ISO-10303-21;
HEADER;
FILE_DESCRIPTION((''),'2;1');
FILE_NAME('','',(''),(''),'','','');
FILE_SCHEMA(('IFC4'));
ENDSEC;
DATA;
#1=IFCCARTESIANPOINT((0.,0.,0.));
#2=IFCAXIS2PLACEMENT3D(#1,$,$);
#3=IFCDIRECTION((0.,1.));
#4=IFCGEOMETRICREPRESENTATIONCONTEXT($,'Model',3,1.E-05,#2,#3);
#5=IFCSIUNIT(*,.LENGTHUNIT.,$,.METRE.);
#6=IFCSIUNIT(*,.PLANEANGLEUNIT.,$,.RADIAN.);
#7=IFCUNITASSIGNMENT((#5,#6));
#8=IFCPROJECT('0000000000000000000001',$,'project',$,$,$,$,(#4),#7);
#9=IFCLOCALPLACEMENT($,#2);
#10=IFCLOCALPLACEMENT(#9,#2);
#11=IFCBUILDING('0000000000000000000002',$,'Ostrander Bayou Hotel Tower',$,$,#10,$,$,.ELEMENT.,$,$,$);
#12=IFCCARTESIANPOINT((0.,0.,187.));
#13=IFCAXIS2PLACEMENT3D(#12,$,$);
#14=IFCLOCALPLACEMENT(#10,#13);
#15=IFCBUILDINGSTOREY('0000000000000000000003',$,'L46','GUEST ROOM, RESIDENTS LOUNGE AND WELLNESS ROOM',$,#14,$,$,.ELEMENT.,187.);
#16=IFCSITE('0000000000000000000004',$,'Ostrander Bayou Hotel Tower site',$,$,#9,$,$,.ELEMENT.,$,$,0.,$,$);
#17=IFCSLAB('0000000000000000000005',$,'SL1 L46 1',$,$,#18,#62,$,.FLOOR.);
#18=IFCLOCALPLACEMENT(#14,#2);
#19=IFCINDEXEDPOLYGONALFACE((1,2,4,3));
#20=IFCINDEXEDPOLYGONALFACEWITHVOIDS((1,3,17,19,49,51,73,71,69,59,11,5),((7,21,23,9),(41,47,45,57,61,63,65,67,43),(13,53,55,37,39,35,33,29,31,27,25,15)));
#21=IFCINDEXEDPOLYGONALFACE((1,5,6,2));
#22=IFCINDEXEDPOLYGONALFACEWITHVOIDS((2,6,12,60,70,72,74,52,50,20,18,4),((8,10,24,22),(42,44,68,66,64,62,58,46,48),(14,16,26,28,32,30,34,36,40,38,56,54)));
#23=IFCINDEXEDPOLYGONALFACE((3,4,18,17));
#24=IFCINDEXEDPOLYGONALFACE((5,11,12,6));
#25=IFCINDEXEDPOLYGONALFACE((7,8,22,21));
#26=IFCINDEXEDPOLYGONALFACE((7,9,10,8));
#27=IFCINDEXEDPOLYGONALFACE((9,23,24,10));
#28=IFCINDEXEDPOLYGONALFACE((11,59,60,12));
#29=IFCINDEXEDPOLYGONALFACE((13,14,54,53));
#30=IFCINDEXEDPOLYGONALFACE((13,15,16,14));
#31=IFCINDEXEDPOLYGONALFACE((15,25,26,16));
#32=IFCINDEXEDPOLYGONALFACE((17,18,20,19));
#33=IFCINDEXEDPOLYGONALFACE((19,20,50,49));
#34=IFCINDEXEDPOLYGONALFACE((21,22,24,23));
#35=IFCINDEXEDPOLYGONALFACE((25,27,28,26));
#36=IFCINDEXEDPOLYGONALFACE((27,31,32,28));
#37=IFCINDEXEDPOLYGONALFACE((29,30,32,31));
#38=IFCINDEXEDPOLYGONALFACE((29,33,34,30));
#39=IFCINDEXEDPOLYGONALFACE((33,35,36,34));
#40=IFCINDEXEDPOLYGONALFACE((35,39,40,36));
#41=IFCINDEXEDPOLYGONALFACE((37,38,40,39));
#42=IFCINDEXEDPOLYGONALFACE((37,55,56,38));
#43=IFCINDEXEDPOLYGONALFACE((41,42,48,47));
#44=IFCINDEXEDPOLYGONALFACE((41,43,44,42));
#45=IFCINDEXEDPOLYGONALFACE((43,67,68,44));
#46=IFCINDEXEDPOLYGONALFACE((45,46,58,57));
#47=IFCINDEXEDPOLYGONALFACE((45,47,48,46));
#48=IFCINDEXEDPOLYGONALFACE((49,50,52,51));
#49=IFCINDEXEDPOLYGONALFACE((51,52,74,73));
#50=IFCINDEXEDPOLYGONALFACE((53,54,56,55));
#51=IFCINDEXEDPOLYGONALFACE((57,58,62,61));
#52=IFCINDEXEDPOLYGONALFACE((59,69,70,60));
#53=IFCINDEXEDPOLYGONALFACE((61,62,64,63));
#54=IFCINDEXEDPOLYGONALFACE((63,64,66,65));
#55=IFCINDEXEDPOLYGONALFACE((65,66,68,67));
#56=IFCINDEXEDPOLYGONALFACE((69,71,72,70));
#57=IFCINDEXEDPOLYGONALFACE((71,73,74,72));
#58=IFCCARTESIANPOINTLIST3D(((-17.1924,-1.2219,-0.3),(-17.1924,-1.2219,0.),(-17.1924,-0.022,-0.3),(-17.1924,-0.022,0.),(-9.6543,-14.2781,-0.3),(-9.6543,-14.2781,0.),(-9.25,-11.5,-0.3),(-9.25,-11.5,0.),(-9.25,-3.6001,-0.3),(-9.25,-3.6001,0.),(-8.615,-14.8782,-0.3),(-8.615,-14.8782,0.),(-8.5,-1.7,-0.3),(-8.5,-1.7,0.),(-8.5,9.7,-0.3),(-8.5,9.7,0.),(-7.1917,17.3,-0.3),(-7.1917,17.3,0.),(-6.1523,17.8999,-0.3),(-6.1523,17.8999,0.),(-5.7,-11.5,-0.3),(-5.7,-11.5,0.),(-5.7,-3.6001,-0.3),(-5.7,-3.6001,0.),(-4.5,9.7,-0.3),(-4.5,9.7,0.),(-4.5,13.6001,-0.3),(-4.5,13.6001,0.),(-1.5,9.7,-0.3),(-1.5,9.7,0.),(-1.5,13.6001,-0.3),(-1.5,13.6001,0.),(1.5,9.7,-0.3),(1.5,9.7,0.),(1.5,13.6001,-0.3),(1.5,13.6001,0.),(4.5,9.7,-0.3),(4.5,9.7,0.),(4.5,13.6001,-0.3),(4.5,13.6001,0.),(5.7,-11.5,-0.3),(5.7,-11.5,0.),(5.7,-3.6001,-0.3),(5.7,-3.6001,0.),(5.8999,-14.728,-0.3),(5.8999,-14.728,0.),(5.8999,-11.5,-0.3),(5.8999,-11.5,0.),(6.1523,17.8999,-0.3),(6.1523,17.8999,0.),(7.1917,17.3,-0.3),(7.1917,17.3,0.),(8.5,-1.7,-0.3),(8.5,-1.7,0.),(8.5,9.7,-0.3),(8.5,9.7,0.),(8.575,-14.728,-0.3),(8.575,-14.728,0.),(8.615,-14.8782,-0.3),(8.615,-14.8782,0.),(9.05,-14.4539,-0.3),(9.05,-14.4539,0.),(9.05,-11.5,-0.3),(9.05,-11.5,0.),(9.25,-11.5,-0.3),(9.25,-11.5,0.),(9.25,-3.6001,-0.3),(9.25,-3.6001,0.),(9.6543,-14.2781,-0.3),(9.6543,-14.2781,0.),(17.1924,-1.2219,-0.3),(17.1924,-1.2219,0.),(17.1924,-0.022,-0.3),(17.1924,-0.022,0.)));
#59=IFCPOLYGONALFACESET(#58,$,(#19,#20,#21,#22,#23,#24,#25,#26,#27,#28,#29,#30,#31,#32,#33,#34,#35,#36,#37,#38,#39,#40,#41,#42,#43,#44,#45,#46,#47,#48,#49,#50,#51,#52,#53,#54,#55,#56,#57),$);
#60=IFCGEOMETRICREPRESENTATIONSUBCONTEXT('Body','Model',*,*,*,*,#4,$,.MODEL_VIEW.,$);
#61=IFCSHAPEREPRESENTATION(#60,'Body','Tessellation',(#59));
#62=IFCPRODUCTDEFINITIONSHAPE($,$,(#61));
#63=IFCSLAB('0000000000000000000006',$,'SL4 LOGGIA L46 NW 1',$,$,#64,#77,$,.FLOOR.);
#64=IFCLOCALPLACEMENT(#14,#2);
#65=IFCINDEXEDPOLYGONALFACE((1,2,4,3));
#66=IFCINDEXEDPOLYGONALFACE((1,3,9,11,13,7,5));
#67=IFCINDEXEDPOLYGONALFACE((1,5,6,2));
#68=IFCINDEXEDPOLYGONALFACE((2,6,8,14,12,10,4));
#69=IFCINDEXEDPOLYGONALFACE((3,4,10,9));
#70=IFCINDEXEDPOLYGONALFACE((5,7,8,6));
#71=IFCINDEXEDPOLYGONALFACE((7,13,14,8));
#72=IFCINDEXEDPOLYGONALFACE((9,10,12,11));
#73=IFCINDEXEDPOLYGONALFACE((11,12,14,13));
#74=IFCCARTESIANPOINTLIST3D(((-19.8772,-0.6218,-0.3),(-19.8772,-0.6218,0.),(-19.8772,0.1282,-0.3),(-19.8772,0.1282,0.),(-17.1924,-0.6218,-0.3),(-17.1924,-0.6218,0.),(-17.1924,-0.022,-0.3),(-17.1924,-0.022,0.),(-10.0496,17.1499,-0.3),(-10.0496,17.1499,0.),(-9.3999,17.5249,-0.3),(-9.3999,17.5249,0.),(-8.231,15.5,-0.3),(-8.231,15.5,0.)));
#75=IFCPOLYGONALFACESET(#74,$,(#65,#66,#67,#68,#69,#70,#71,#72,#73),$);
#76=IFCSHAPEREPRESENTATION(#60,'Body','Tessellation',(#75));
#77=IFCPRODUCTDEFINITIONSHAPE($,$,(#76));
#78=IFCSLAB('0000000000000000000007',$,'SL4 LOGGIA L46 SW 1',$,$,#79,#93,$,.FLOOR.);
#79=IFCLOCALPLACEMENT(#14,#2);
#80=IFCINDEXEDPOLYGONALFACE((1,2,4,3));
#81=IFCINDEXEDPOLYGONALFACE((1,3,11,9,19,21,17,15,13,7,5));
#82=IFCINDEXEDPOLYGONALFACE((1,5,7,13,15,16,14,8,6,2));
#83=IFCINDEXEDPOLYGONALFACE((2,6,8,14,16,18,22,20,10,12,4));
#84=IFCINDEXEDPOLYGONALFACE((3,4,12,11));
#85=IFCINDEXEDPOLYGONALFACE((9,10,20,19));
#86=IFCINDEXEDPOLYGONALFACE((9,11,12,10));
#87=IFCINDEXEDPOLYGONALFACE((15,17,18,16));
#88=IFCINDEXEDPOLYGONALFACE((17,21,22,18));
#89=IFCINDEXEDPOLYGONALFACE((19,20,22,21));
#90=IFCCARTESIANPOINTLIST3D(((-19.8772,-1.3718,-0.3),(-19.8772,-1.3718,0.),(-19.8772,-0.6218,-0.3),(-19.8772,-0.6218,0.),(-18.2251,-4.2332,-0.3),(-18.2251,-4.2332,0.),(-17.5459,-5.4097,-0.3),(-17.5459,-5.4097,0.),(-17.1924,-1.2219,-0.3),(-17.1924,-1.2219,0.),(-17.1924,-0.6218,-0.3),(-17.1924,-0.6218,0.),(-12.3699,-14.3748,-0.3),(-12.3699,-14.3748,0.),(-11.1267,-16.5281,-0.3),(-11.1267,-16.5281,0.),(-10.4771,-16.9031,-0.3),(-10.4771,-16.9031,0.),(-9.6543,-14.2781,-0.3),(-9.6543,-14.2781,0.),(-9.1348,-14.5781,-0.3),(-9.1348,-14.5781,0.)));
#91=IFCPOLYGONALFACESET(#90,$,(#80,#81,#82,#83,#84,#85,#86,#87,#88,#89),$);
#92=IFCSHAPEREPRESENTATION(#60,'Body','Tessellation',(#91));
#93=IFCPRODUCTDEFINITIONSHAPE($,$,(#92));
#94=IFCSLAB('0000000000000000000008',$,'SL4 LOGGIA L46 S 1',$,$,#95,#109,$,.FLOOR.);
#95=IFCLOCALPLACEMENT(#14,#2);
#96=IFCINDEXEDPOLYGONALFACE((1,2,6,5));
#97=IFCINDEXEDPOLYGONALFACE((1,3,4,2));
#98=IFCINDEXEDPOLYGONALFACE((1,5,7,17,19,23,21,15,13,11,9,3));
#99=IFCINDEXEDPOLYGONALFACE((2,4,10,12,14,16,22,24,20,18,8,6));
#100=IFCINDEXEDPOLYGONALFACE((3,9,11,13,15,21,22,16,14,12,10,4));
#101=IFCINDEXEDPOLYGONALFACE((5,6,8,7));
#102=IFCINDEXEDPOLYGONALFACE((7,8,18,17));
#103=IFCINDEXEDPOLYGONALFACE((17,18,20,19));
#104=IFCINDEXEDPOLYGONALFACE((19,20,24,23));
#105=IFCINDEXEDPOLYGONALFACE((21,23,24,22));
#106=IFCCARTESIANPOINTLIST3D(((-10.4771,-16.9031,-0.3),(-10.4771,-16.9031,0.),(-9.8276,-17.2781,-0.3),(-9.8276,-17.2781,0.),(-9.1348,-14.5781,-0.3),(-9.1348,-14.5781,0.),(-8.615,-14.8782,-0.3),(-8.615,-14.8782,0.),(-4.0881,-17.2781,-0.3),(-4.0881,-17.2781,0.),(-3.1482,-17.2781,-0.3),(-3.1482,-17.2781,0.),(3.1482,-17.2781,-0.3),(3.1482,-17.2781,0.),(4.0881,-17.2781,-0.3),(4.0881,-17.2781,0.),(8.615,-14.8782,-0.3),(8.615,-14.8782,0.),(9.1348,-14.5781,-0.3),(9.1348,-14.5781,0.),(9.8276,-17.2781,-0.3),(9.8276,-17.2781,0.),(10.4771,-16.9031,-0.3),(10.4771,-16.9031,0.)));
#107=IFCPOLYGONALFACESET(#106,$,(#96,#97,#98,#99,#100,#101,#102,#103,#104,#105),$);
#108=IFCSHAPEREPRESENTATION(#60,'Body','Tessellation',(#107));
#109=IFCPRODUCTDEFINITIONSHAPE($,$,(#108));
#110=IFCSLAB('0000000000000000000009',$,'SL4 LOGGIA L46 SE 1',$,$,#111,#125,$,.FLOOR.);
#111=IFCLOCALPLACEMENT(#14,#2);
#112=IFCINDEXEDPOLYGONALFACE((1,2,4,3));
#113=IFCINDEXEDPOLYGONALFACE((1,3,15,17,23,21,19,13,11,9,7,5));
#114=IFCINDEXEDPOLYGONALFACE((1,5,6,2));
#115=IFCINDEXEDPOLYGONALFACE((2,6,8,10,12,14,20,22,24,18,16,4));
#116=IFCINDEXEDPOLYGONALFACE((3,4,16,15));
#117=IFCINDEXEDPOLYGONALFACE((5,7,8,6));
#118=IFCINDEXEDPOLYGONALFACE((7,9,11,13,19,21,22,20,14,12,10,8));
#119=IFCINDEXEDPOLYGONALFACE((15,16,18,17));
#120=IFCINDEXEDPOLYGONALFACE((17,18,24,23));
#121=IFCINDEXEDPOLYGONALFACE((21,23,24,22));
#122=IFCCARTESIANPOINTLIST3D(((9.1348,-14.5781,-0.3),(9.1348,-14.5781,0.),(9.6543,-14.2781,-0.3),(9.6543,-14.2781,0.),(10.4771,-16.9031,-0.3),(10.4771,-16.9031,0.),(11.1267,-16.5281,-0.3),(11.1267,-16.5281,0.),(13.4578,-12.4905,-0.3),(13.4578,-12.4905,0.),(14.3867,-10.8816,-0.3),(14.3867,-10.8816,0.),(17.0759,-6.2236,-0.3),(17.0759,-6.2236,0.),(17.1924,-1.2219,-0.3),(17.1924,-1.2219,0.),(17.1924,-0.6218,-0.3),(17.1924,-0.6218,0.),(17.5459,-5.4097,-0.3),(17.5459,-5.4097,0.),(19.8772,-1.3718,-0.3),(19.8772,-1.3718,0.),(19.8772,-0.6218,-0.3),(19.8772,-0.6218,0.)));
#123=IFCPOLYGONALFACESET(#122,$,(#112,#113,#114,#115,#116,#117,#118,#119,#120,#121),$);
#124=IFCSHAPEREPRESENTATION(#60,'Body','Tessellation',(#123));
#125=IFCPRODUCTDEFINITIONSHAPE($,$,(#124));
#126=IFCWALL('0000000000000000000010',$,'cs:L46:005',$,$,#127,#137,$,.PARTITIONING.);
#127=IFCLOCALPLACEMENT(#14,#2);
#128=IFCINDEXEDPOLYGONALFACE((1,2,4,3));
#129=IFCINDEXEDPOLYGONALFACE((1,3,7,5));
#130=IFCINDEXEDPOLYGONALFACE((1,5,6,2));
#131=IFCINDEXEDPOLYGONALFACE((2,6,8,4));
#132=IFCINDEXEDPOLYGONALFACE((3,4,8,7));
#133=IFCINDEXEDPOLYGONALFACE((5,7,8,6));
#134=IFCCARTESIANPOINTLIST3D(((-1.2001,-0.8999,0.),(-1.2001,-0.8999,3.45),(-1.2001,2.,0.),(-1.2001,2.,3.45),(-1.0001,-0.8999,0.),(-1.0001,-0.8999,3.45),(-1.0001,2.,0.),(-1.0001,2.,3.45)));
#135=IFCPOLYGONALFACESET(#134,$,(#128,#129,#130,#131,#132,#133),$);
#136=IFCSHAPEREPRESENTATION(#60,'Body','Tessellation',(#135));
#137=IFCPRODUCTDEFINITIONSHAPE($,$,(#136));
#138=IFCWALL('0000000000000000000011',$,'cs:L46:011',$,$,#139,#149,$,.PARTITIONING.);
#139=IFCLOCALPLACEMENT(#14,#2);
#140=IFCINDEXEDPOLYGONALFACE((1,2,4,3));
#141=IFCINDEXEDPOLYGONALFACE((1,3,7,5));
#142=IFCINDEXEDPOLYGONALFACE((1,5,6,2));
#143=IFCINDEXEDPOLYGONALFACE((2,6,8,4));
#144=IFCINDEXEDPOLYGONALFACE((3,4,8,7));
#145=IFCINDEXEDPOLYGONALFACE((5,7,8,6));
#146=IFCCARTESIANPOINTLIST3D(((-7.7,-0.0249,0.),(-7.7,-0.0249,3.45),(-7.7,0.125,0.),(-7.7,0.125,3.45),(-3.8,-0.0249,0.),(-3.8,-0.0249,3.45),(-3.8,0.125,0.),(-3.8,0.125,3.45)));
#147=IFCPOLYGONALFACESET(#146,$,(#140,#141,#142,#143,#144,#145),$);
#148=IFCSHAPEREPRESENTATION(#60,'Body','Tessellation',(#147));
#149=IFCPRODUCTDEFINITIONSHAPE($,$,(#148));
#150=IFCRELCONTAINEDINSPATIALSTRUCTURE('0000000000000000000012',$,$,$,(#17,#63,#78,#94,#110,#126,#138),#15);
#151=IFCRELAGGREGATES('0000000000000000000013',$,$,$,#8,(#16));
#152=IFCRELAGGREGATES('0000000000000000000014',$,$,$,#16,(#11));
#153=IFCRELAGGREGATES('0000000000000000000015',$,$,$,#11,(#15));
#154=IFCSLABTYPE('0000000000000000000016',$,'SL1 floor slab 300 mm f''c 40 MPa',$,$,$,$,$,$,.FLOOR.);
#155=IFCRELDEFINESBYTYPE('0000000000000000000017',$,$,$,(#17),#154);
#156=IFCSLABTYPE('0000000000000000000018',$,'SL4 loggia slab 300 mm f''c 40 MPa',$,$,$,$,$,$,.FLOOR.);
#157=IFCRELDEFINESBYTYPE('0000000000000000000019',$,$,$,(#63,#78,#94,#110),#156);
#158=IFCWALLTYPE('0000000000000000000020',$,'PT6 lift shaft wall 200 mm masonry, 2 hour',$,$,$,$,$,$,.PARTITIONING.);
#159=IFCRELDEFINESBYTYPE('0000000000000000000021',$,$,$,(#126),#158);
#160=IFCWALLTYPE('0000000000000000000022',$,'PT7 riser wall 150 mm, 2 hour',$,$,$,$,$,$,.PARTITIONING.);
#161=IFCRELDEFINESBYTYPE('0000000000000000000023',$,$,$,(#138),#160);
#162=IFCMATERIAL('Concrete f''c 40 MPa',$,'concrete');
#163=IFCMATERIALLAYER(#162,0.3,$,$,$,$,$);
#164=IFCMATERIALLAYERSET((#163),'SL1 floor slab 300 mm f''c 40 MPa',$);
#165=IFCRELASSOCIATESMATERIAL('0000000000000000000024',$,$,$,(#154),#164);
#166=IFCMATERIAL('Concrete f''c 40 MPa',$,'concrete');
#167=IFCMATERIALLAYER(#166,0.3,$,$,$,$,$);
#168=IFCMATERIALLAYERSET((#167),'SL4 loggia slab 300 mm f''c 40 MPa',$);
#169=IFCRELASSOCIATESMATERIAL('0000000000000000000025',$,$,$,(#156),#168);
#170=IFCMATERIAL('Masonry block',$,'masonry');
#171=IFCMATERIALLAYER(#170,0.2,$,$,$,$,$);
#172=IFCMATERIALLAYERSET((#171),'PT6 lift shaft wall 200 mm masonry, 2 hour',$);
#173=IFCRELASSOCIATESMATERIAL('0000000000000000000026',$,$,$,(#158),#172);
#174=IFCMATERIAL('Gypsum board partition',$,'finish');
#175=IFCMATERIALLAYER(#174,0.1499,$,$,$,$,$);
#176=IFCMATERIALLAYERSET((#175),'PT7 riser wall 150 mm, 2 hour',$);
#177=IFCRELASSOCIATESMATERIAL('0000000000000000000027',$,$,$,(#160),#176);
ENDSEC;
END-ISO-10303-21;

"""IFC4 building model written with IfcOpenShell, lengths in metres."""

from ifc_helpers import new_model, si_unit, direction, frame, frame_2d, origin, place, context, subcontext, project, spatial, polyline, rectangle, outline, extrude, material, layer, layer_set, type_object, element, save


model = new_model("IFC4")

# Units and contexts
model_context = context("Model", 3, precision=1e-05, world=origin(), true_north=direction((0.0, 1.0)))
body_context = subcontext(model_context, "Body", "Model", "MODEL_VIEW")
ifc_project = project(units=[si_unit("LENGTHUNIT", "METRE"), si_unit("PLANEANGLEUNIT", "RADIAN")], contexts=[model_context])

# Site, building, storey
site_placement = place(None, origin())
site = spatial("IfcSite", under=ifc_project, at=site_placement, Name="Ostrander Bayou Hotel Tower site", CompositionType="ELEMENT", RefElevation=0.0)
building_placement = place(site_placement, origin())
building = spatial("IfcBuilding", under=site, at=building_placement, Name="Ostrander Bayou Hotel Tower", CompositionType="ELEMENT")
storey_placement = place(building_placement, frame((0.0, 0.0, 187.0)))
storey = spatial("IfcBuildingStorey", under=building, at=storey_placement, Name="L46", Description="GUEST ROOM, RESIDENTS LOUNGE AND WELLNESS ROOM", CompositionType="ELEMENT", Elevation=187.0)

# Slabs
ifc_material_1 = material(Name="Concrete f'c 40 MPa", Category="concrete")
ifc_layer_1 = layer(ifc_material_1, 0.3)
ifc_layer_set_1 = layer_set([ifc_layer_1], Name="SL1 floor slab 300 mm f'c 40 MPa")
slab_type_1 = type_object("IfcSlabType", Name="SL1 floor slab 300 mm f'c 40 MPa", PredefinedType="FLOOR", material=ifc_layer_set_1)
slab_1_placement = place(storey_placement, frame((0.0, 0.0, -0.3)))
element("IfcSlab", 1, at=slab_1_placement, inside=storey, type_object=slab_type_1, Name="SL1 L46 1", PredefinedType="FLOOR", context=body_context, shape_type="SweptSolid", body=[
    extrude(outline(polyline([(7.1917, 17.3), (17.1924, -0.022), (17.1924, -1.2219), (9.6543, -14.2781), (8.615, -14.8782), (-8.615, -14.8782), (-9.6543, -14.2781), (-17.1924, -1.2219), (-17.1924, -0.022), (-7.1917, 17.3), (-6.1523, 17.8999), (6.1523, 17.8999), (7.1917, 17.3)]), holes=[polyline([(9.05, -11.5), (9.25, -11.5), (9.25, -3.6001), (5.7, -3.6001), (5.7, -11.5), (5.8999, -11.5), (5.8999, -14.728), (8.575, -14.728), (9.05, -14.4539), (9.05, -11.5)]), polyline([(-8.5, -1.7), (8.5, -1.7), (8.5, 9.7), (4.5, 9.7), (4.5, 13.6001), (1.5, 13.6001), (1.5, 9.7), (-1.5, 9.7), (-1.5, 13.6001), (-4.5, 13.6001), (-4.5, 9.7), (-8.5, 9.7), (-8.5, -1.7)]), polyline([(-5.7, -3.6001), (-9.25, -3.6001), (-9.25, -11.5), (-5.7, -11.5), (-5.7, -3.6001)])]), origin(), (0.0, 0.0, 1.0), 0.3),
])
ifc_material_2 = material(Name="Concrete f'c 40 MPa", Category="concrete")
ifc_layer_2 = layer(ifc_material_2, 0.3)
ifc_layer_set_2 = layer_set([ifc_layer_2], Name="SL4 loggia slab 300 mm f'c 40 MPa")
slab_type_2 = type_object("IfcSlabType", Name="SL4 loggia slab 300 mm f'c 40 MPa", PredefinedType="FLOOR", material=ifc_layer_set_2)
slab_2_placement = place(storey_placement, frame((0.0, 0.0, -0.3)))
element("IfcSlab", 2, at=slab_2_placement, inside=storey, type_object=slab_type_2, Name="SL4 LOGGIA L46 NW 1", PredefinedType="FLOOR", context=body_context, shape_type="SweptSolid", body=[
    extrude(outline(polyline([(-19.8772, -0.6218), (-19.8772, 0.1282), (-10.0496, 17.1499), (-9.3999, 17.5249), (-8.231, 15.5), (-17.1924, -0.022), (-17.1924, -0.6218), (-19.8772, -0.6218)])), origin(), (0.0, 0.0, 1.0), 0.3),
])
slab_3_placement = place(storey_placement, frame((0.0, 0.0, -0.3)))
element("IfcSlab", 3, at=slab_3_placement, inside=storey, type_object=slab_type_2, Name="SL4 LOGGIA L46 SW 1", PredefinedType="FLOOR", context=body_context, shape_type="SweptSolid", body=[
    extrude(outline(polyline([(-9.1348, -14.5781), (-10.4771, -16.9031), (-11.1267, -16.5281), (-12.3699, -14.3748), (-17.5459, -5.4097), (-18.2251, -4.2332), (-19.8772, -1.3718), (-19.8772, -0.6218), (-17.1924, -0.6218), (-17.1924, -1.2219), (-9.6543, -14.2781), (-9.1348, -14.5781)])), origin(), (0.0, 0.0, 1.0), 0.3),
])
slab_4_placement = place(storey_placement, frame((0.0, 0.0, -0.3)))
element("IfcSlab", 4, at=slab_4_placement, inside=storey, type_object=slab_type_2, Name="SL4 LOGGIA L46 S 1", PredefinedType="FLOOR", context=body_context, shape_type="SweptSolid", body=[
    extrude(outline(polyline([(9.1348, -14.5781), (10.4771, -16.9031), (9.8276, -17.2781), (4.0881, -17.2781), (3.1482, -17.2781), (-3.1482, -17.2781), (-4.0881, -17.2781), (-9.8276, -17.2781), (-10.4771, -16.9031), (-9.1348, -14.5781), (-8.615, -14.8782), (8.615, -14.8782), (9.1348, -14.5781)])), origin(), (0.0, 0.0, 1.0), 0.3),
])
slab_5_placement = place(storey_placement, frame((0.0, 0.0, -0.3)))
element("IfcSlab", 5, at=slab_5_placement, inside=storey, type_object=slab_type_2, Name="SL4 LOGGIA L46 SE 1", PredefinedType="FLOOR", context=body_context, shape_type="SweptSolid", body=[
    extrude(outline(polyline([(17.1924, -0.6218), (19.8772, -0.6218), (19.8772, -1.3718), (17.5459, -5.4097), (17.0759, -6.2236), (14.3867, -10.8816), (13.4578, -12.4905), (11.1267, -16.5281), (10.4771, -16.9031), (9.1348, -14.5781), (9.6543, -14.2781), (17.1924, -1.2219), (17.1924, -0.6218)])), origin(), (0.0, 0.0, 1.0), 0.3),
])

# Shared definitions
ifc_material_3 = material(Name="Masonry block", Category="masonry")
ifc_layer_3 = layer(ifc_material_3, 0.2)
ifc_layer_set_3 = layer_set([ifc_layer_3], Name="PT6 lift shaft wall 200 mm masonry, 2 hour")
wall_type_1 = type_object("IfcWallType", Name="PT6 lift shaft wall 200 mm masonry, 2 hour", PredefinedType="PARTITIONING", material=ifc_layer_set_3)

# Walls
wall_1_placement = place(storey_placement, frame((-1.1001, -0.8999, 0.0), z_axis=(0.0, 0.0, 1.0), x_axis=(0.0, 1.0, 0.0)))
element("IfcWall", 6, at=wall_1_placement, inside=storey, type_object=wall_type_1, Name="cs:L46:005", PredefinedType="PARTITIONING", context=body_context, shape_type="SweptSolid", body=[
    extrude(rectangle(XDim=2.8999, YDim=0.2, at=frame_2d((1.45, 0.0))), origin(), (0.0, 0.0, 1.0), 3.45),
])
ifc_material_4 = material(Name="Gypsum board partition", Category="finish")
ifc_layer_4 = layer(ifc_material_4, 0.1499)
ifc_layer_set_4 = layer_set([ifc_layer_4], Name="PT7 riser wall 150 mm, 2 hour")
wall_type_2 = type_object("IfcWallType", Name="PT7 riser wall 150 mm, 2 hour", PredefinedType="PARTITIONING", material=ifc_layer_set_4)
wall_2_placement = place(storey_placement, frame((-7.7, 0.05, 0.0), z_axis=(0.0, 0.0, 1.0), x_axis=(1.0, 0.0, 0.0)))
element("IfcWall", 7, at=wall_2_placement, inside=storey, type_object=wall_type_2, Name="cs:L46:011", PredefinedType="PARTITIONING", context=body_context, shape_type="SweptSolid", body=[
    extrude(rectangle(XDim=3.8999, YDim=0.1499, at=frame_2d((1.95, 0.0))), origin(), (0.0, 0.0, 1.0), 3.45),
])

save(model, "model.ifc")
